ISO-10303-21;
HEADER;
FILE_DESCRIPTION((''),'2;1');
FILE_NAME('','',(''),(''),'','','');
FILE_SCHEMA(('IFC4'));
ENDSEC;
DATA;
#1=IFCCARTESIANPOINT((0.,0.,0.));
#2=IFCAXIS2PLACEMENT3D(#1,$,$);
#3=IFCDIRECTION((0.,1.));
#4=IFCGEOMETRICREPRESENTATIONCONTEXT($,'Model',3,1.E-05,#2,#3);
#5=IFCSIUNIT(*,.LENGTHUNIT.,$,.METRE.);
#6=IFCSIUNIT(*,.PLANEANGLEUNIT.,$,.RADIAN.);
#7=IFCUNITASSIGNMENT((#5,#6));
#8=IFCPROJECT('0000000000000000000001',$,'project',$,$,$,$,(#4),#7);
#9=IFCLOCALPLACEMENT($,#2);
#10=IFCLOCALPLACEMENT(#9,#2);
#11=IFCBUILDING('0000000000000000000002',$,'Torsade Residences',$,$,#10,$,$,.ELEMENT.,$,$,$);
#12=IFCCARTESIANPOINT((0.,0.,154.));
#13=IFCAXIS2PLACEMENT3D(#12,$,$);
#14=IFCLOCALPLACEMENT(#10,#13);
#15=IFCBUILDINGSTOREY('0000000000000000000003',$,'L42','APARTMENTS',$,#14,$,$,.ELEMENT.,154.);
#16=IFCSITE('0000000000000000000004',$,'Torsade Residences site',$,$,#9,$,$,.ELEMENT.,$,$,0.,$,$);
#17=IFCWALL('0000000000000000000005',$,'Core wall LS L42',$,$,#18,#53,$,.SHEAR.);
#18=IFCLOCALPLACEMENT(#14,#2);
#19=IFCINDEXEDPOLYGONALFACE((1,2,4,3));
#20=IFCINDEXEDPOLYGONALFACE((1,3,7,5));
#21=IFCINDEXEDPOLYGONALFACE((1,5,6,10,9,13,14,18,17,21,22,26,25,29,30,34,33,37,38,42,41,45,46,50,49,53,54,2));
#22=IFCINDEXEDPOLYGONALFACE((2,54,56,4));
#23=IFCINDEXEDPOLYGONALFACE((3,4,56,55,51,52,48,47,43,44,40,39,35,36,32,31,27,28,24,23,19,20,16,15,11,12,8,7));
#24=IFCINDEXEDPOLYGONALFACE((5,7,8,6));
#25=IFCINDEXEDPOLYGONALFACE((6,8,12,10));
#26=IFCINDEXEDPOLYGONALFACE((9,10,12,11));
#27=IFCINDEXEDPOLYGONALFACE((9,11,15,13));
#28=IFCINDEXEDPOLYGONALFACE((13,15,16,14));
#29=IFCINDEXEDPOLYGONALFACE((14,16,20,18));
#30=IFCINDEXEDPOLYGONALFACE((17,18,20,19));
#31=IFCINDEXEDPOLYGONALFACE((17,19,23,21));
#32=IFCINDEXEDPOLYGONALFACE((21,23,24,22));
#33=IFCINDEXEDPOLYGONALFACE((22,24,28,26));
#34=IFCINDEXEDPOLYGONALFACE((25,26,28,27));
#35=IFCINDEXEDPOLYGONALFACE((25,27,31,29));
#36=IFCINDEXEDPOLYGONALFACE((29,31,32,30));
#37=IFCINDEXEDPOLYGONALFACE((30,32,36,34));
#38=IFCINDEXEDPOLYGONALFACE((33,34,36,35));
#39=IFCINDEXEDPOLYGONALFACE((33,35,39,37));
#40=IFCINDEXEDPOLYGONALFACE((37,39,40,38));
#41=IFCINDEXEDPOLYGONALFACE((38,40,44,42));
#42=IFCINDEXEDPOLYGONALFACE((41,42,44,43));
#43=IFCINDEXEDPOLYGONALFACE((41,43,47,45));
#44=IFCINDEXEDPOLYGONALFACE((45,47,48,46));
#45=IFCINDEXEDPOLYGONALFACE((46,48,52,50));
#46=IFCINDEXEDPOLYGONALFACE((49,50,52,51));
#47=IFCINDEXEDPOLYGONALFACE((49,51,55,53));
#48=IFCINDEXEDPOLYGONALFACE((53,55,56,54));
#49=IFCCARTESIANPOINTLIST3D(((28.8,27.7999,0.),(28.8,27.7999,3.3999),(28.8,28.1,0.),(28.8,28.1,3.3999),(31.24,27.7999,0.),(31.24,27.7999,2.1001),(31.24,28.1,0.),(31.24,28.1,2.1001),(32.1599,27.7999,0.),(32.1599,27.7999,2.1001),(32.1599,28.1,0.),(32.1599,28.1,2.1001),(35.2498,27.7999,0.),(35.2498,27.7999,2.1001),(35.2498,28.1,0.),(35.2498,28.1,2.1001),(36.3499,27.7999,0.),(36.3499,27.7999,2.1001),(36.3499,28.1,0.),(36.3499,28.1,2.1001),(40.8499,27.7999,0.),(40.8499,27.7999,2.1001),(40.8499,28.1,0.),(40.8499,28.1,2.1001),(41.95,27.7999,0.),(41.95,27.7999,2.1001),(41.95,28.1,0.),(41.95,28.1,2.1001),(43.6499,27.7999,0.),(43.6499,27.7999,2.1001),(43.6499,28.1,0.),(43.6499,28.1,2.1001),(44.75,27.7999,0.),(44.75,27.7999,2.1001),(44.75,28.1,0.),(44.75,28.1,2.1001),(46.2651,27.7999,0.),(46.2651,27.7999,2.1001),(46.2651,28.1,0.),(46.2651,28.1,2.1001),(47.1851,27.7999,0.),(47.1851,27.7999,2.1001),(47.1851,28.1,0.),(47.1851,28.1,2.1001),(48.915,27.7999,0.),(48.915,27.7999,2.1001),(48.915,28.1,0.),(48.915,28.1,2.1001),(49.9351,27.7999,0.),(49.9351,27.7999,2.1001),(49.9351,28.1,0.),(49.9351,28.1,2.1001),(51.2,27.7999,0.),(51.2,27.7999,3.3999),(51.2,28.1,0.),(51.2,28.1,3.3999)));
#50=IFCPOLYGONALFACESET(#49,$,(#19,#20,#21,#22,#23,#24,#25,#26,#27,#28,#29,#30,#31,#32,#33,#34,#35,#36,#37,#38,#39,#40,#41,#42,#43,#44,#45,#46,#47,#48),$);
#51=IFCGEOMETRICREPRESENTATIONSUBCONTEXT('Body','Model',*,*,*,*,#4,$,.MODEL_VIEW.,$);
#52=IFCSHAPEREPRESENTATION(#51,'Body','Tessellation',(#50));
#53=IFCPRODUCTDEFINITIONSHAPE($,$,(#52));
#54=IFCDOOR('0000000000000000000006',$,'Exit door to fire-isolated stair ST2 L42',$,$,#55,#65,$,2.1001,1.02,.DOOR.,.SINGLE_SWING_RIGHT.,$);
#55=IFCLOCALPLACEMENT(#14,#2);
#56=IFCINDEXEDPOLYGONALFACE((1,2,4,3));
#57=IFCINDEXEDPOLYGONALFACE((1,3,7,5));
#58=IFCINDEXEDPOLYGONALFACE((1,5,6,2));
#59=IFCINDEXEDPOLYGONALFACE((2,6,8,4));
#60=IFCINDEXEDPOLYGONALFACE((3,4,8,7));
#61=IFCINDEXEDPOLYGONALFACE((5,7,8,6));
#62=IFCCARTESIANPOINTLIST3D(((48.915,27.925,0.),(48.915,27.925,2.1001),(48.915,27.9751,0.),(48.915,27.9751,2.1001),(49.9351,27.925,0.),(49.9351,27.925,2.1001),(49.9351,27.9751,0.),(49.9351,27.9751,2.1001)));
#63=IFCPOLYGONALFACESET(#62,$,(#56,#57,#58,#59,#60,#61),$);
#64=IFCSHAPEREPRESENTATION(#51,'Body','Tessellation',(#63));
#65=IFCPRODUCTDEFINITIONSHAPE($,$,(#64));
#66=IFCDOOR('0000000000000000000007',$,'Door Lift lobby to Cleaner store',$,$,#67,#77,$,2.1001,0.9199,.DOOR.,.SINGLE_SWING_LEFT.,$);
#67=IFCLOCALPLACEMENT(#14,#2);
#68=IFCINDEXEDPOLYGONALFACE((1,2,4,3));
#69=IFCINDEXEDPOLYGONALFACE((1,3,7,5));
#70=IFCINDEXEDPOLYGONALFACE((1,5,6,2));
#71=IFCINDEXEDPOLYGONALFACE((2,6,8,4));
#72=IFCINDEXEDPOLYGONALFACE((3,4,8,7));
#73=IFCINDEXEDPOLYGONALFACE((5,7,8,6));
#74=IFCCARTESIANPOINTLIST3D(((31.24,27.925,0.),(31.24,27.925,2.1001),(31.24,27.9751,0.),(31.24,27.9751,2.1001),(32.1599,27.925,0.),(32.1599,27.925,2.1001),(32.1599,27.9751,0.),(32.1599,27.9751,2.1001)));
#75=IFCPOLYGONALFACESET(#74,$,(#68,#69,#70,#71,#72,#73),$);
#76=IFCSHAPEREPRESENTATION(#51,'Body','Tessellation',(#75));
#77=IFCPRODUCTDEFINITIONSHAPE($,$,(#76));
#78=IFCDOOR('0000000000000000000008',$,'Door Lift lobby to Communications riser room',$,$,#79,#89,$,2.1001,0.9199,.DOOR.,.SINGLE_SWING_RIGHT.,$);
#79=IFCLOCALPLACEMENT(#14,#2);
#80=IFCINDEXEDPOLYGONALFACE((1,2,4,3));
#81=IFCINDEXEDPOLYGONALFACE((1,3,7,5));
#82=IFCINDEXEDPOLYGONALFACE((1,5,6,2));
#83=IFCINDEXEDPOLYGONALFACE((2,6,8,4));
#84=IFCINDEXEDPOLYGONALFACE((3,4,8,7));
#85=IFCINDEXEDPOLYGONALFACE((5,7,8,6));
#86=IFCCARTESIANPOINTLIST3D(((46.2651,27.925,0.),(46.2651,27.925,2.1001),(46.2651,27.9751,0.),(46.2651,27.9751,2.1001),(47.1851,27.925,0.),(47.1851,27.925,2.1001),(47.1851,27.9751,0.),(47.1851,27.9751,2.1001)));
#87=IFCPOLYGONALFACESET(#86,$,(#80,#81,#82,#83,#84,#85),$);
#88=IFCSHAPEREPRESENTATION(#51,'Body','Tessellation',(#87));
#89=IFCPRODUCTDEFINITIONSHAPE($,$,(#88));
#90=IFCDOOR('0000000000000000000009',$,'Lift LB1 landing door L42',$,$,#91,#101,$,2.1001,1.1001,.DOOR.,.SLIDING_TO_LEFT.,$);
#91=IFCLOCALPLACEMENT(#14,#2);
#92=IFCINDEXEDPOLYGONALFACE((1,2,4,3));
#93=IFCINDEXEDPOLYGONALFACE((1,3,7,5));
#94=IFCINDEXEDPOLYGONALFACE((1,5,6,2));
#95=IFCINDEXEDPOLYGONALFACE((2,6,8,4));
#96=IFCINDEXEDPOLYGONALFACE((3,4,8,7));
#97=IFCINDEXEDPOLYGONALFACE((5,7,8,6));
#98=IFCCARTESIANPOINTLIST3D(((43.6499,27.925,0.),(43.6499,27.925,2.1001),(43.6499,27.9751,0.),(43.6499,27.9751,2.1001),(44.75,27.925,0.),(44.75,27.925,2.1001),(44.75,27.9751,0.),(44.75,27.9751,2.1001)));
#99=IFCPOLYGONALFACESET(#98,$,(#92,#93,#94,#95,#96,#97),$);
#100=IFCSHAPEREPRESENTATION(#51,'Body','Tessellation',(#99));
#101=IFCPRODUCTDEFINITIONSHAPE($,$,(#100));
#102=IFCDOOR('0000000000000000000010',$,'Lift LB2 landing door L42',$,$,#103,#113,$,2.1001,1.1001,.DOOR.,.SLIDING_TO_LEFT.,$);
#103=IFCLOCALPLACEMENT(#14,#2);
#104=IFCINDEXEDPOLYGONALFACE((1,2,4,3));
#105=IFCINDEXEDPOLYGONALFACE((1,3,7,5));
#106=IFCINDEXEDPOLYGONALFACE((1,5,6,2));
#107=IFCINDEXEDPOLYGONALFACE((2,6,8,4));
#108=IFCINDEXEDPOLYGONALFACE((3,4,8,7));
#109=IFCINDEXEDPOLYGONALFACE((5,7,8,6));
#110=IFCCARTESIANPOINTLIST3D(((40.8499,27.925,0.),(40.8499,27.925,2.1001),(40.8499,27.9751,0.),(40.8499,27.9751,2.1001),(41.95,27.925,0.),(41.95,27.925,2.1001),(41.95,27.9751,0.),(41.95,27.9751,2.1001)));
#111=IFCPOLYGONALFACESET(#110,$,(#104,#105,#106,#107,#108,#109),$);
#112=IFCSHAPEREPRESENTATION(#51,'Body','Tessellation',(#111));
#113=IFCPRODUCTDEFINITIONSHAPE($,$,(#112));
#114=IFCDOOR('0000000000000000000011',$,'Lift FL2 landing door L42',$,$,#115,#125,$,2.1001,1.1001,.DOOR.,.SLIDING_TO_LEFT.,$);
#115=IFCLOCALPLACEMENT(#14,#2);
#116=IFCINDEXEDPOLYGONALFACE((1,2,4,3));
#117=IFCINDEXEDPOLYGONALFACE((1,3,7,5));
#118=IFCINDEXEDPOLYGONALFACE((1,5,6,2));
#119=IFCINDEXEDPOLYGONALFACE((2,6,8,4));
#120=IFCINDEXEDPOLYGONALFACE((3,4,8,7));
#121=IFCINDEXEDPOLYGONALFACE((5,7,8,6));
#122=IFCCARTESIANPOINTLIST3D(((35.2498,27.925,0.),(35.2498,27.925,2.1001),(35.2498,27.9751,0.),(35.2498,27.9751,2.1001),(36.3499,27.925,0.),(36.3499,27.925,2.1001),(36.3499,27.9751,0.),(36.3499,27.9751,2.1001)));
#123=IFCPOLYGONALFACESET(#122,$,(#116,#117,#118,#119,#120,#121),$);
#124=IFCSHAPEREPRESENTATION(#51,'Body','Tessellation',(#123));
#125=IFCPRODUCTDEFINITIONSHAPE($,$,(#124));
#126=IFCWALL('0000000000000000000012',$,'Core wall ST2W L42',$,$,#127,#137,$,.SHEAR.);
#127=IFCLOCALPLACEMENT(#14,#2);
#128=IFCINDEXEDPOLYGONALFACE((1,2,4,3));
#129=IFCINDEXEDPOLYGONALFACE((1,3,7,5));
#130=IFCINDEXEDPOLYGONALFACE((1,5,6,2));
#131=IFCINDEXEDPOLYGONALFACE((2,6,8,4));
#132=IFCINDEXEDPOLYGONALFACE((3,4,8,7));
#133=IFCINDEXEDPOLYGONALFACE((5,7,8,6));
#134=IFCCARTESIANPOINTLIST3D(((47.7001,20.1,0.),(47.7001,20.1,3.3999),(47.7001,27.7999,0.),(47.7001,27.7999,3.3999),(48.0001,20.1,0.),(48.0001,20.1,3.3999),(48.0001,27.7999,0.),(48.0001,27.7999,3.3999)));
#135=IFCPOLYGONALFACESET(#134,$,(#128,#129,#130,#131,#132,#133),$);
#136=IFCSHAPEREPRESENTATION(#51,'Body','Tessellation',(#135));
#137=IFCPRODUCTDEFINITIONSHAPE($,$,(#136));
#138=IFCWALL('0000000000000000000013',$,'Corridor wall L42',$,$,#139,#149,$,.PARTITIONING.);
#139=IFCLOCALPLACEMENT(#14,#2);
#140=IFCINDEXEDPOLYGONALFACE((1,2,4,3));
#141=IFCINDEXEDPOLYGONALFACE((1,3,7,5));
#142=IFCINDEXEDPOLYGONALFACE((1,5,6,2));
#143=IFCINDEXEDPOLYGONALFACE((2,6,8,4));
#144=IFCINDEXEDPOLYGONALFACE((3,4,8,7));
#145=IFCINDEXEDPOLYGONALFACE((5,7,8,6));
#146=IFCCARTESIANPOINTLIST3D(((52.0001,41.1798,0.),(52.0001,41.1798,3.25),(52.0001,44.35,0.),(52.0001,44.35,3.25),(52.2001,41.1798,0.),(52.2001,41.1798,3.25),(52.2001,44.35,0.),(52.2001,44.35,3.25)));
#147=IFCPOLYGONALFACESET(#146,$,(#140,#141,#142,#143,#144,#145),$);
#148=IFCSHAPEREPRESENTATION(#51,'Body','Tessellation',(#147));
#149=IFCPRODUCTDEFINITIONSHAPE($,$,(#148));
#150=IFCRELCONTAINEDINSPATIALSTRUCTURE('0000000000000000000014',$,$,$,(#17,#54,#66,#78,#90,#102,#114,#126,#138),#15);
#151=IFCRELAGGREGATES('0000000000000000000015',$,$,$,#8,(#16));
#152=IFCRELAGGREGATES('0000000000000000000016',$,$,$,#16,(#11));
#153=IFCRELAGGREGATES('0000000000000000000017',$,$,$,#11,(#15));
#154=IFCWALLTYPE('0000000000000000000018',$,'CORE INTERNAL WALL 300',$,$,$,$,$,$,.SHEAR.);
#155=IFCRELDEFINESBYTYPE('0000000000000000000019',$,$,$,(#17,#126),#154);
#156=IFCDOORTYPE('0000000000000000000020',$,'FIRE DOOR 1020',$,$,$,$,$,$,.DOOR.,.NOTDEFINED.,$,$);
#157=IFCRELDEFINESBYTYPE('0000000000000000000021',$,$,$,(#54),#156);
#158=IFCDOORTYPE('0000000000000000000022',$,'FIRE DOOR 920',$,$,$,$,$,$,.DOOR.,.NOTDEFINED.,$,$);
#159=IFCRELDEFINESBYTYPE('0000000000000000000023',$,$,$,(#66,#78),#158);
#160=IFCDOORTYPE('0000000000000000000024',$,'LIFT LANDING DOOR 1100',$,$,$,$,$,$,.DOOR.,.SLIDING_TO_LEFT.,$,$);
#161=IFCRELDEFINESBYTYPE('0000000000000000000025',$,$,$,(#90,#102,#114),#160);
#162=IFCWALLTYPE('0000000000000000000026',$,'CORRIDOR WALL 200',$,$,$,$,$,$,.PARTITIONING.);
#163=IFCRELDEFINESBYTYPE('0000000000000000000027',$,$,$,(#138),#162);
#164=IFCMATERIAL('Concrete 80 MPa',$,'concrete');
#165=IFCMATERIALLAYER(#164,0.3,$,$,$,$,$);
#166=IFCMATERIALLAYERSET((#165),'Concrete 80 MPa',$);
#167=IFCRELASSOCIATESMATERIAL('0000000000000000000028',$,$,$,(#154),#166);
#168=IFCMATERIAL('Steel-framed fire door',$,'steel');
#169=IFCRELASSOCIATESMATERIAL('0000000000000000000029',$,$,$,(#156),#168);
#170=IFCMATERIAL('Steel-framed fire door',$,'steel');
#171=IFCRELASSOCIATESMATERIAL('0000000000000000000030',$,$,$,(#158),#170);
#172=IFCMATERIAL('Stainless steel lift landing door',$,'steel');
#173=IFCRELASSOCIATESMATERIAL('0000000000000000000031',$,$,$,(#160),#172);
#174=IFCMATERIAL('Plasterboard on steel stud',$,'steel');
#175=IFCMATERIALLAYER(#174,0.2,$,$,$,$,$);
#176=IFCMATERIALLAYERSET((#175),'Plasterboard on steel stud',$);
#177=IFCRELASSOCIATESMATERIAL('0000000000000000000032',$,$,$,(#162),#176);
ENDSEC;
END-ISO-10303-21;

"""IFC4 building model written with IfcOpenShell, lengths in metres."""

from ifc_helpers import new_model, si_unit, direction, frame, frame_2d, origin, place, context, subcontext, project, spatial, rectangle, extrude, material, layer, layer_set, type_object, element, fill, save


model = new_model("IFC4")

# Units and contexts
model_context = context("Model", 3, precision=1e-05, world=origin(), true_north=direction((0.0, 1.0)))
body_context = subcontext(model_context, "Body", "Model", "MODEL_VIEW")
ifc_project = project(units=[si_unit("LENGTHUNIT", "METRE"), si_unit("PLANEANGLEUNIT", "RADIAN")], contexts=[model_context])

# Site, building, storey
site_placement = place(None, origin())
site = spatial("IfcSite", under=ifc_project, at=site_placement, Name="Torsade Residences site", CompositionType="ELEMENT", RefElevation=0.0)
building_placement = place(site_placement, origin())
building = spatial("IfcBuilding", under=site, at=building_placement, Name="Torsade Residences", CompositionType="ELEMENT")
storey_placement = place(building_placement, frame((0.0, 0.0, 154.0)))
storey = spatial("IfcBuildingStorey", under=building, at=storey_placement, Name="L42", Description="APARTMENTS", CompositionType="ELEMENT", Elevation=154.0)

# Wall, openings, doors
ifc_material_1 = material(Name="Concrete 80 MPa", Category="concrete")
ifc_layer_1 = layer(ifc_material_1, 0.3)
ifc_layer_set_1 = layer_set([ifc_layer_1], Name="Concrete 80 MPa")
wall_type_1 = type_object("IfcWallType", Name="CORE INTERNAL WALL 300", PredefinedType="SHEAR", material=ifc_layer_set_1)
wall_1_placement = place(storey_placement, frame((51.2, 27.95, 0.0), z_axis=(0.0, 0.0, 1.0), x_axis=(-1.0, 0.0, 0.0)))
wall_1 = element("IfcWall", 1, at=wall_1_placement, inside=storey, type_object=wall_type_1, Name="Core wall LS L42", PredefinedType="SHEAR", context=body_context, shape_type="SweptSolid", body=[
    extrude(rectangle(XDim=22.3999, YDim=0.3, at=frame_2d((11.2, 0.0))), origin(), (0.0, 0.0, 1.0), 3.3999),
])
opening_1_placement = place(wall_1_placement, frame((19.04, 0.0, 0.0)))
opening_1 = element("IfcOpeningElement", 2, at=opening_1_placement, cuts=wall_1, PredefinedType="OPENING", context=body_context, shape_type="SweptSolid", body=[
    extrude(rectangle(XDim=0.9199, YDim=2.1001, at=frame_2d((0.46, 1.05))), frame((0.0, 0.1599, 0.0), z_axis=(0.0, -1.0, 0.0), x_axis=(1.0, 0.0, 0.0)), (0.0, 0.0, 1.0), 0.3201),
])
opening_2_placement = place(wall_1_placement, frame((1.2649, 0.0, 0.0)))
opening_2 = element("IfcOpeningElement", 3, at=opening_2_placement, cuts=wall_1, PredefinedType="OPENING", context=body_context, shape_type="SweptSolid", body=[
    extrude(rectangle(XDim=1.02, YDim=2.1001, at=frame_2d((0.51, 1.05))), frame((0.0, 0.1599, 0.0), z_axis=(0.0, -1.0, 0.0), x_axis=(1.0, 0.0, 0.0)), (0.0, 0.0, 1.0), 0.3201),
])
opening_3_placement = place(wall_1_placement, frame((4.0149, 0.0, 0.0)))
opening_3 = element("IfcOpeningElement", 4, at=opening_3_placement, cuts=wall_1, PredefinedType="OPENING", context=body_context, shape_type="SweptSolid", body=[
    extrude(rectangle(XDim=0.9199, YDim=2.1001, at=frame_2d((0.46, 1.05))), frame((0.0, 0.1599, 0.0), z_axis=(0.0, -1.0, 0.0), x_axis=(1.0, 0.0, 0.0)), (0.0, 0.0, 1.0), 0.3201),
])
opening_4_placement = place(wall_1_placement, frame((6.45, 0.0, 0.0)))
opening_4 = element("IfcOpeningElement", 5, at=opening_4_placement, cuts=wall_1, PredefinedType="OPENING", context=body_context, shape_type="SweptSolid", body=[
    extrude(rectangle(XDim=1.1001, YDim=2.1001, at=frame_2d((0.55, 1.05))), frame((0.0, 0.1599, 0.0), z_axis=(0.0, -1.0, 0.0), x_axis=(1.0, 0.0, 0.0)), (0.0, 0.0, 1.0), 0.3201),
])
opening_5_placement = place(wall_1_placement, frame((9.25, 0.0, 0.0)))
opening_5 = element("IfcOpeningElement", 6, at=opening_5_placement, cuts=wall_1, PredefinedType="OPENING", context=body_context, shape_type="SweptSolid", body=[
    extrude(rectangle(XDim=1.1001, YDim=2.1001, at=frame_2d((0.55, 1.05))), frame((0.0, 0.1599, 0.0), z_axis=(0.0, -1.0, 0.0), x_axis=(1.0, 0.0, 0.0)), (0.0, 0.0, 1.0), 0.3201),
])
opening_6_placement = place(wall_1_placement, frame((14.8501, 0.0, 0.0)))
opening_6 = element("IfcOpeningElement", 7, at=opening_6_placement, cuts=wall_1, PredefinedType="OPENING", context=body_context, shape_type="SweptSolid", body=[
    extrude(rectangle(XDim=1.1001, YDim=2.1001, at=frame_2d((0.55, 1.05))), frame((0.0, 0.1599, 0.0), z_axis=(0.0, -1.0, 0.0), x_axis=(1.0, 0.0, 0.0)), (0.0, 0.0, 1.0), 0.3201),
])
ifc_material_2 = material(Name="Steel-framed fire door", Category="steel")
door_type_1 = type_object("IfcDoorType", Name="FIRE DOOR 1020", OperationType="NOTDEFINED", PredefinedType="DOOR", material=ifc_material_2)
door_1_placement = place(opening_2_placement, origin())
door_1 = element("IfcDoor", 8, at=door_1_placement, inside=storey, type_object=door_type_1, Name="Exit door to fire-isolated stair ST2 L42", OperationType="SINGLE_SWING_RIGHT", OverallHeight=2.1001, OverallWidth=1.02, PredefinedType="DOOR", context=body_context, shape_type="SweptSolid", body=[
    extrude(rectangle(XDim=1.02, YDim=2.1001, at=frame_2d((0.51, 1.05))), frame((0.0, 0.0249, 0.0), z_axis=(0.0, -1.0, 0.0), x_axis=(1.0, 0.0, 0.0)), (0.0, 0.0, 1.0), 0.05),
])
fill(opening_2, door_1)
ifc_material_3 = material(Name="Steel-framed fire door", Category="steel")
door_type_2 = type_object("IfcDoorType", Name="FIRE DOOR 920", OperationType="NOTDEFINED", PredefinedType="DOOR", material=ifc_material_3)
door_2_placement = place(opening_1_placement, origin())
door_2 = element("IfcDoor", 9, at=door_2_placement, inside=storey, type_object=door_type_2, Name="Door Lift lobby to Cleaner store", OperationType="SINGLE_SWING_LEFT", OverallHeight=2.1001, OverallWidth=0.9199, PredefinedType="DOOR", context=body_context, shape_type="SweptSolid", body=[
    extrude(rectangle(XDim=0.9199, YDim=2.1001, at=frame_2d((0.46, 1.05))), frame((0.0, 0.0249, 0.0), z_axis=(0.0, -1.0, 0.0), x_axis=(1.0, 0.0, 0.0)), (0.0, 0.0, 1.0), 0.05),
])
fill(opening_1, door_2)
door_3_placement = place(opening_3_placement, origin())
door_3 = element("IfcDoor", 10, at=door_3_placement, inside=storey, type_object=door_type_2, Name="Door Lift lobby to Communications riser room", OperationType="SINGLE_SWING_RIGHT", OverallHeight=2.1001, OverallWidth=0.9199, PredefinedType="DOOR", context=body_context, shape_type="SweptSolid", body=[
    extrude(rectangle(XDim=0.9199, YDim=2.1001, at=frame_2d((0.46, 1.05))), frame((0.0, 0.0249, 0.0), z_axis=(0.0, -1.0, 0.0), x_axis=(1.0, 0.0, 0.0)), (0.0, 0.0, 1.0), 0.05),
])
fill(opening_3, door_3)
ifc_material_4 = material(Name="Stainless steel lift landing door", Category="steel")
door_type_3 = type_object("IfcDoorType", Name="LIFT LANDING DOOR 1100", OperationType="SLIDING_TO_LEFT", PredefinedType="DOOR", material=ifc_material_4)
door_4_placement = place(opening_4_placement, origin())
door_4 = element("IfcDoor", 11, at=door_4_placement, inside=storey, type_object=door_type_3, Name="Lift LB1 landing door L42", OperationType="SLIDING_TO_LEFT", OverallHeight=2.1001, OverallWidth=1.1001, PredefinedType="DOOR", context=body_context, shape_type="SweptSolid", body=[
    extrude(rectangle(XDim=1.1001, YDim=2.1001, at=frame_2d((0.55, 1.05))), frame((0.0, 0.0249, 0.0), z_axis=(0.0, -1.0, 0.0), x_axis=(1.0, 0.0, 0.0)), (0.0, 0.0, 1.0), 0.05),
])
fill(opening_4, door_4)
door_5_placement = place(opening_5_placement, origin())
door_5 = element("IfcDoor", 12, at=door_5_placement, inside=storey, type_object=door_type_3, Name="Lift LB2 landing door L42", OperationType="SLIDING_TO_LEFT", OverallHeight=2.1001, OverallWidth=1.1001, PredefinedType="DOOR", context=body_context, shape_type="SweptSolid", body=[
    extrude(rectangle(XDim=1.1001, YDim=2.1001, at=frame_2d((0.55, 1.05))), frame((0.0, 0.0249, 0.0), z_axis=(0.0, -1.0, 0.0), x_axis=(1.0, 0.0, 0.0)), (0.0, 0.0, 1.0), 0.05),
])
fill(opening_5, door_5)
door_6_placement = place(opening_6_placement, origin())
door_6 = element("IfcDoor", 13, at=door_6_placement, inside=storey, type_object=door_type_3, Name="Lift FL2 landing door L42", OperationType="SLIDING_TO_LEFT", OverallHeight=2.1001, OverallWidth=1.1001, PredefinedType="DOOR", context=body_context, shape_type="SweptSolid", body=[
    extrude(rectangle(XDim=1.1001, YDim=2.1001, at=frame_2d((0.55, 1.05))), frame((0.0, 0.0249, 0.0), z_axis=(0.0, -1.0, 0.0), x_axis=(1.0, 0.0, 0.0)), (0.0, 0.0, 1.0), 0.05),
])
fill(opening_6, door_6)

# Walls
wall_2_placement = place(storey_placement, frame((47.8501, 27.8, 0.0), z_axis=(0.0, 0.0, 1.0), x_axis=(0.0, -1.0, 0.0)))
element("IfcWall", 14, at=wall_2_placement, inside=storey, type_object=wall_type_1, Name="Core wall ST2W L42", PredefinedType="SHEAR", context=body_context, shape_type="SweptSolid", body=[
    extrude(rectangle(XDim=7.7, YDim=0.3, at=frame_2d((3.8501, 0.0))), origin(), (0.0, 0.0, 1.0), 3.3999),
])
ifc_material_5 = material(Name="Plasterboard on steel stud", Category="steel")
ifc_layer_2 = layer(ifc_material_5, 0.2)
ifc_layer_set_2 = layer_set([ifc_layer_2], Name="Plasterboard on steel stud")
wall_type_2 = type_object("IfcWallType", Name="CORRIDOR WALL 200", PredefinedType="PARTITIONING", material=ifc_layer_set_2)
wall_3_placement = place(storey_placement, frame((52.1001, 41.1799, 0.0), z_axis=(0.0, 0.0, 1.0), x_axis=(0.0, 1.0, 0.0)))
element("IfcWall", 15, at=wall_3_placement, inside=storey, type_object=wall_type_2, Name="Corridor wall L42", PredefinedType="PARTITIONING", context=body_context, shape_type="SweptSolid", body=[
    extrude(rectangle(XDim=3.1702, YDim=0.2, at=frame_2d((1.585, 0.0))), origin(), (0.0, 0.0, 1.0), 3.25),
])

save(model, "model.ifc")
